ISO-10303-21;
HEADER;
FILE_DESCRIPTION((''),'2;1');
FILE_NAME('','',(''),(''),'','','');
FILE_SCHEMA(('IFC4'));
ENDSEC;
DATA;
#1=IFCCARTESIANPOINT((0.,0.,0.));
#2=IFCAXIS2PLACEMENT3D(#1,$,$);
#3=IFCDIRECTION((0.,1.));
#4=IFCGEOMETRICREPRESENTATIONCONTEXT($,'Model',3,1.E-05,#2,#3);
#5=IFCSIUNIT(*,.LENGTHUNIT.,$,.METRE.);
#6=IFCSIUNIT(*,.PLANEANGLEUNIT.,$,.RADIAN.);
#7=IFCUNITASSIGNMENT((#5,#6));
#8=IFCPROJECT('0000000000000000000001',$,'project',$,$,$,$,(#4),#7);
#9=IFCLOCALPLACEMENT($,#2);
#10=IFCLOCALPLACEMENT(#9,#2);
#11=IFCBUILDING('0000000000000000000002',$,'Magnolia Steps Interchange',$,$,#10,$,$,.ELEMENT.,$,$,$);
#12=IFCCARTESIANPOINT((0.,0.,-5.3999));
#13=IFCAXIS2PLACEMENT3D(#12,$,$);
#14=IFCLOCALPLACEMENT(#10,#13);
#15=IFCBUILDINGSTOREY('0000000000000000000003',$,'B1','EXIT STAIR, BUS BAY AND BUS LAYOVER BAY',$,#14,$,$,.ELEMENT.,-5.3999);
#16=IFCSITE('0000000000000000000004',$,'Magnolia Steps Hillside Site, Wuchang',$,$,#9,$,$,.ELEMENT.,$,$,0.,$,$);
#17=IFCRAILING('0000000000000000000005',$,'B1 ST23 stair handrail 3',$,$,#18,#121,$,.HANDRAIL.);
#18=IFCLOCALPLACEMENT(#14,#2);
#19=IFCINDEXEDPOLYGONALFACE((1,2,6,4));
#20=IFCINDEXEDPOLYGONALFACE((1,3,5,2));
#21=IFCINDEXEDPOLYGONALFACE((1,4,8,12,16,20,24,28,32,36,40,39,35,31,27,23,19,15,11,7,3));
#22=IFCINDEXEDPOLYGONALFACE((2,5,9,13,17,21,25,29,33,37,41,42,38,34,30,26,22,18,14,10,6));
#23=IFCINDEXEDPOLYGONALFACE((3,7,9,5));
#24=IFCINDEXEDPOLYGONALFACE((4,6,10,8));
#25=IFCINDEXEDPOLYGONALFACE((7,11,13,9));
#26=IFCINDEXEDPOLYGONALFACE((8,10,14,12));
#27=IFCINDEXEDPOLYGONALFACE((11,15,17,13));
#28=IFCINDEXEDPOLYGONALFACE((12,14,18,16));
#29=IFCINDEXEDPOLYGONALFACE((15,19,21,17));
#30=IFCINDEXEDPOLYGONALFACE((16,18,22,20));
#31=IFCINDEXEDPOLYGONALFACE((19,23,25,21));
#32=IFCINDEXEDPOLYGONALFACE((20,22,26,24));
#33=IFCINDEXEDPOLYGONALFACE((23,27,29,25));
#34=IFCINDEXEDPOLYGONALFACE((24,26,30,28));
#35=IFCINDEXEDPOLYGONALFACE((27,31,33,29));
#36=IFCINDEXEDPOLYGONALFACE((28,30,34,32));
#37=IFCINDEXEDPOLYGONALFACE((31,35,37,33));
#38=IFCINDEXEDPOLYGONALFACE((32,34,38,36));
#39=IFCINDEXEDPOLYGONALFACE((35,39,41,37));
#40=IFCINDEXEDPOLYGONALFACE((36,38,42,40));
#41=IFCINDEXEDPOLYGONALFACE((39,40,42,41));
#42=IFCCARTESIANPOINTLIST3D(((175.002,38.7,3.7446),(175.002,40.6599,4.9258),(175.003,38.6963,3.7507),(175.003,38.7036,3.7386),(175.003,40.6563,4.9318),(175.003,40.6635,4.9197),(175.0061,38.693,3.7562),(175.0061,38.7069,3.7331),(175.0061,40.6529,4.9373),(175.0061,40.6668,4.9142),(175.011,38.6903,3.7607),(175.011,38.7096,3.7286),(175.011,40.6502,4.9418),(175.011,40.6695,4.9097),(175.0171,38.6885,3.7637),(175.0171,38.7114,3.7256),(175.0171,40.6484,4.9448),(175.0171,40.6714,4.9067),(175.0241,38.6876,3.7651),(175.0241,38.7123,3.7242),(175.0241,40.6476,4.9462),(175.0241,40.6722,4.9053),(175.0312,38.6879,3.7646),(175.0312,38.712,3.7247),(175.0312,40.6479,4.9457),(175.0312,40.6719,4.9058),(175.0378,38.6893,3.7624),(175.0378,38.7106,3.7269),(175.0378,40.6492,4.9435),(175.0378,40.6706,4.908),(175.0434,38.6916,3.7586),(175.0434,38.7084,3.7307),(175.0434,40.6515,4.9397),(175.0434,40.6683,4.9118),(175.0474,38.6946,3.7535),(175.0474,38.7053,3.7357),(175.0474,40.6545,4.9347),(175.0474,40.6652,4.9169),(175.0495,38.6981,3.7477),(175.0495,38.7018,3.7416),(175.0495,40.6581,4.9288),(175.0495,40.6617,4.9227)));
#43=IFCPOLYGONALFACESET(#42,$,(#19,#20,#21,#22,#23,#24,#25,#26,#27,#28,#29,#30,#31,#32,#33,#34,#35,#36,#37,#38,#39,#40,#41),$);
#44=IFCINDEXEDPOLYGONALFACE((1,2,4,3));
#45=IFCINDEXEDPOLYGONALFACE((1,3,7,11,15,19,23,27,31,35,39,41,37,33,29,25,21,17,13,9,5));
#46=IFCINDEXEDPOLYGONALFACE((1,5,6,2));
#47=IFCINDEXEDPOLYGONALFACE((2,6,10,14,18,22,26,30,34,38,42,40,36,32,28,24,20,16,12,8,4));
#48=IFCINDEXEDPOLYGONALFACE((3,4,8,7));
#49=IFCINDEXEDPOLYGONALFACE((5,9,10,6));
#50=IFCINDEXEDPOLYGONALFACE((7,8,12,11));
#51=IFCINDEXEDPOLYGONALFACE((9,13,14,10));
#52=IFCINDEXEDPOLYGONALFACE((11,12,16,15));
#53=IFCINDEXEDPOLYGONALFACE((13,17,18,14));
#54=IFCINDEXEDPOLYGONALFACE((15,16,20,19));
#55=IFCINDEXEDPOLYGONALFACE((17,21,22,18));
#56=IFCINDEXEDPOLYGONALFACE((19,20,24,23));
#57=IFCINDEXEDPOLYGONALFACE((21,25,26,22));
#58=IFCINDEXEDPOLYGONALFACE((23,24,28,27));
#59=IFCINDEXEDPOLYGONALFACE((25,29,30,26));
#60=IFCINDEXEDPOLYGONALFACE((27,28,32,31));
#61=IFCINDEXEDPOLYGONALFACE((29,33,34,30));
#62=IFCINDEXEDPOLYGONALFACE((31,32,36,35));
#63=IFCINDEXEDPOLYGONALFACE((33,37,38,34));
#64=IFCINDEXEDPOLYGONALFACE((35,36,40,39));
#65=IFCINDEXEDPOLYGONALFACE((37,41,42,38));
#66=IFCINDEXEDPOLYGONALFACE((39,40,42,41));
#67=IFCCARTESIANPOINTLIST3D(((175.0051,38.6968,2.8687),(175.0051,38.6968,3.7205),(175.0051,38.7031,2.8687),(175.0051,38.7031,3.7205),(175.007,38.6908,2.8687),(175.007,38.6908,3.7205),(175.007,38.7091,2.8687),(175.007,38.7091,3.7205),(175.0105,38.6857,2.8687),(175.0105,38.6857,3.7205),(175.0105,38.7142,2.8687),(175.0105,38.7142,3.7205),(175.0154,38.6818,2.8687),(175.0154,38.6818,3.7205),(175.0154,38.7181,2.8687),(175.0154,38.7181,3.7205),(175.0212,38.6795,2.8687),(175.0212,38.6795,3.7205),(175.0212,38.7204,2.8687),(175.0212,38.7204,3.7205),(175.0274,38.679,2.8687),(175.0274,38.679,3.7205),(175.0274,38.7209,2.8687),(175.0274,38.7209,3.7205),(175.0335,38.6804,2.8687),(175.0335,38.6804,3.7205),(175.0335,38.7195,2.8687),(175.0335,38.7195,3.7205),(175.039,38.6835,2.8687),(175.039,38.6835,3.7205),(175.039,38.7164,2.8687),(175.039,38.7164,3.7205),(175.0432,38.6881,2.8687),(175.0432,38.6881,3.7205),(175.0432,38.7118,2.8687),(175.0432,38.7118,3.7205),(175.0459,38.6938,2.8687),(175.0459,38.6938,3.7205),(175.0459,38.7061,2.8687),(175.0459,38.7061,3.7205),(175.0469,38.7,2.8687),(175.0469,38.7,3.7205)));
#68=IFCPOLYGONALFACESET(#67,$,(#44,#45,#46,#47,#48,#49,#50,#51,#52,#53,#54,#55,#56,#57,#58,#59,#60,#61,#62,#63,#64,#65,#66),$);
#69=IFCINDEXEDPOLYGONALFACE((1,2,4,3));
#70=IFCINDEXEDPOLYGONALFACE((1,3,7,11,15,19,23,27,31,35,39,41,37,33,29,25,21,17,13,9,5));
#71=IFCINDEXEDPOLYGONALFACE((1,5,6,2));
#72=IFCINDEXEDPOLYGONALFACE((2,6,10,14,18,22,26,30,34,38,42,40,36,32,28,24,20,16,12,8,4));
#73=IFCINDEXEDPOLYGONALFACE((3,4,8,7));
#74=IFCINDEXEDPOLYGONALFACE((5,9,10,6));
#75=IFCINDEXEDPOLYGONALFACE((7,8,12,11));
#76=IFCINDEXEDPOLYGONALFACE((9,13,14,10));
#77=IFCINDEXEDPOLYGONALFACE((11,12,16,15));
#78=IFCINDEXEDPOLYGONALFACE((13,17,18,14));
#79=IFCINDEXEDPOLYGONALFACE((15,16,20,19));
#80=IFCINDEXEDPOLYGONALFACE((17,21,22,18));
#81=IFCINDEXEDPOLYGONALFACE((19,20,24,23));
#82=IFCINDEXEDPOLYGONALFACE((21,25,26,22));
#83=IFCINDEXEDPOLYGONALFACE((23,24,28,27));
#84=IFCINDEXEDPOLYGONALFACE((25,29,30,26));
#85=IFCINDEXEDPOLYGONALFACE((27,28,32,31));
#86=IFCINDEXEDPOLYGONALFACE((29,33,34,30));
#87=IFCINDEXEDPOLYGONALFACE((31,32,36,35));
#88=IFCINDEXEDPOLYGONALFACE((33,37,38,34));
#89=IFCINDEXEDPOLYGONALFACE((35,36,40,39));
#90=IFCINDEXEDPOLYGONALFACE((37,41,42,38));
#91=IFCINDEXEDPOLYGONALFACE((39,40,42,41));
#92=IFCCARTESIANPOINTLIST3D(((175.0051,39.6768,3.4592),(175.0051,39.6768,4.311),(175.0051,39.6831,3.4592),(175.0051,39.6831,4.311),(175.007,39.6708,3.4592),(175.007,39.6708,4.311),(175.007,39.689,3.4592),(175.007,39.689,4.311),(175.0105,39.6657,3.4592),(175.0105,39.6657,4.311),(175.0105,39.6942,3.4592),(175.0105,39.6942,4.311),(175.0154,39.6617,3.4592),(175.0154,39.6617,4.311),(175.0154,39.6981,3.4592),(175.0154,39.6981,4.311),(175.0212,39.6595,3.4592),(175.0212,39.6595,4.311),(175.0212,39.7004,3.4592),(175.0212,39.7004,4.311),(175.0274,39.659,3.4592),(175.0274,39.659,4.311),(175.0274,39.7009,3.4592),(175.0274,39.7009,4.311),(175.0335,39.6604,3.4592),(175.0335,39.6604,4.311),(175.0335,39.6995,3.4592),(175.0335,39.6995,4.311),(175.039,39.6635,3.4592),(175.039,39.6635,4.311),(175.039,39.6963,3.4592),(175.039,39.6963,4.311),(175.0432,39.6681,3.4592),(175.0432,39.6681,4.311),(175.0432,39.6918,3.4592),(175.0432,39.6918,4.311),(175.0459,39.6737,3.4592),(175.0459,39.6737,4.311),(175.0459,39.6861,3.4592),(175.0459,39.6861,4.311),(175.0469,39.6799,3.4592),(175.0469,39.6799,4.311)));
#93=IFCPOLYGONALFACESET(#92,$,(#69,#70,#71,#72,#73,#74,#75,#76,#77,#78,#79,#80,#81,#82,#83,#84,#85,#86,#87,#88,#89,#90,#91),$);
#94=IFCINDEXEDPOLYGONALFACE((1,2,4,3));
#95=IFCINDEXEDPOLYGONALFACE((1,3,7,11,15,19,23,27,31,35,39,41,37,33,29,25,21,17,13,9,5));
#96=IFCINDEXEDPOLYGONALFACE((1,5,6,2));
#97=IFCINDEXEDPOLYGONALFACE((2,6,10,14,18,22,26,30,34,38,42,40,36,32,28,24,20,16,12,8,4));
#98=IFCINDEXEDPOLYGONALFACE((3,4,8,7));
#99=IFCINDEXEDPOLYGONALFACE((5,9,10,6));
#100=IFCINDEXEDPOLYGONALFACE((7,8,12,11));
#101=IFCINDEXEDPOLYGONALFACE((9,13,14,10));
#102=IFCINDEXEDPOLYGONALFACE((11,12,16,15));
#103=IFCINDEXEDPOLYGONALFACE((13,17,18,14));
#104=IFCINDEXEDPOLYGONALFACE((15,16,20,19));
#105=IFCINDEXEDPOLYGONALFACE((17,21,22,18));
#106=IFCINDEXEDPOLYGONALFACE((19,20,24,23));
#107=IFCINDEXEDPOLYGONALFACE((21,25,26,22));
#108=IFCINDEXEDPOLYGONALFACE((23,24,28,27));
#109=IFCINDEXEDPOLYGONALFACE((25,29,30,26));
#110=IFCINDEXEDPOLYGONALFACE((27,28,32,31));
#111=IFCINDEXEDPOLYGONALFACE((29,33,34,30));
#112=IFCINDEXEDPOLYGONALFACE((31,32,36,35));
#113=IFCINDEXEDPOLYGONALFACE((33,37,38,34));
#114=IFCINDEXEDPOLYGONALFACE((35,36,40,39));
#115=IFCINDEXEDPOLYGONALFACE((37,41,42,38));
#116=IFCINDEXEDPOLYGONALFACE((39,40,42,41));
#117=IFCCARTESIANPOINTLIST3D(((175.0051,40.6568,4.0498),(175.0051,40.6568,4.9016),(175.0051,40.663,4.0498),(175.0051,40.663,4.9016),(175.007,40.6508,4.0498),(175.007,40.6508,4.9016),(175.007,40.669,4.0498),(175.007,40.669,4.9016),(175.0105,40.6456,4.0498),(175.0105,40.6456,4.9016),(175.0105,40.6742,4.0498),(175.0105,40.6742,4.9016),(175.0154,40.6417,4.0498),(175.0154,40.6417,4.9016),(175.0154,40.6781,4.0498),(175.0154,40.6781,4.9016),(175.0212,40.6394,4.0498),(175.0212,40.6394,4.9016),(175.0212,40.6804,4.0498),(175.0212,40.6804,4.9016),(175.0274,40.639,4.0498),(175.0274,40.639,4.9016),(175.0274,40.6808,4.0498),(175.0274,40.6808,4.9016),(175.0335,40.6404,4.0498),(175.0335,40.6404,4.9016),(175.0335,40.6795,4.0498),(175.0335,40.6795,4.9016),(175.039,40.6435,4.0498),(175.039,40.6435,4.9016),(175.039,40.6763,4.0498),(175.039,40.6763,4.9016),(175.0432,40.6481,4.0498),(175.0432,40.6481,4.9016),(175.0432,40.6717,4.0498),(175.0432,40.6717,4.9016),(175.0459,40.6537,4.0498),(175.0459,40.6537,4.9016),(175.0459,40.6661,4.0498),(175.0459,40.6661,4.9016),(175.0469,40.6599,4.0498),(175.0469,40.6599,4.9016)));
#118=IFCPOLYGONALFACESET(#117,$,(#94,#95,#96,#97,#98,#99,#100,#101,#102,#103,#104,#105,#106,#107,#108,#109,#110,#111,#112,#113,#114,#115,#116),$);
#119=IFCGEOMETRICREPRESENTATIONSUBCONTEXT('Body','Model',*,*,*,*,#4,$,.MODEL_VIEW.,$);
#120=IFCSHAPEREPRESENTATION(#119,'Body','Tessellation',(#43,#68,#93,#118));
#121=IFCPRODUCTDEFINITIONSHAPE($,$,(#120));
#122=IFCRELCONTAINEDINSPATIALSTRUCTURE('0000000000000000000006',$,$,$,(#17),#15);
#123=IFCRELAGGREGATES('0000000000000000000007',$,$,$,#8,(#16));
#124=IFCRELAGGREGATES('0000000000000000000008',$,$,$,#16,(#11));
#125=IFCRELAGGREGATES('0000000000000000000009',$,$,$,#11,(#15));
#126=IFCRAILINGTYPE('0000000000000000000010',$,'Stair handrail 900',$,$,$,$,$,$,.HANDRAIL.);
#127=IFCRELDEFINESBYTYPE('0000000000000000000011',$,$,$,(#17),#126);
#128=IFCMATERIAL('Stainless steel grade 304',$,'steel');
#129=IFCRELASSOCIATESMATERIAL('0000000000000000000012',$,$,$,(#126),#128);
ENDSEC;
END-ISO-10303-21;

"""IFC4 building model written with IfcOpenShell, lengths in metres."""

from ifc_helpers import new_model, si_unit, direction, frame, origin, origin_2d, place, context, subcontext, project, spatial, circle, extrude, material, type_object, element, save


model = new_model("IFC4")

# Units and contexts
model_context = context("Model", 3, precision=1e-05, world=origin(), true_north=direction((0.0, 1.0)))
body_context = subcontext(model_context, "Body", "Model", "MODEL_VIEW")
ifc_project = project(units=[si_unit("LENGTHUNIT", "METRE"), si_unit("PLANEANGLEUNIT", "RADIAN")], contexts=[model_context])

# Site, building, storey
site_placement = place(None, origin())
site = spatial("IfcSite", under=ifc_project, at=site_placement, Name="Magnolia Steps Hillside Site, Wuchang", CompositionType="ELEMENT", RefElevation=0.0)
building_placement = place(site_placement, origin())
building = spatial("IfcBuilding", under=site, at=building_placement, Name="Magnolia Steps Interchange", CompositionType="ELEMENT")
storey_placement = place(building_placement, frame((0.0, 0.0, -5.3999)))
storey = spatial("IfcBuildingStorey", under=building, at=storey_placement, Name="B1", Description="EXIT STAIR, BUS BAY AND BUS LAYOVER BAY", CompositionType="ELEMENT", Elevation=-5.3999)

# Railing
ifc_material_1 = material(Name="Stainless steel grade 304", Category="steel")
railing_type_1 = type_object("IfcRailingType", Name="Stair handrail 900", PredefinedType="HANDRAIL", material=ifc_material_1)
railing_1_placement = place(storey_placement, frame((175.0259, 38.7, 2.8687)))
element("IfcRailing", 1, at=railing_1_placement, inside=storey, type_object=railing_type_1, Name="B1 ST23 stair handrail 3", PredefinedType="HANDRAIL", context=body_context, shape_type="SweptSolid", body=[
    extrude(circle(Radius=0.0239, at=origin_2d()), frame((0.0, 0.0, 0.876), z_axis=(0.0, 0.856493, 0.516158), x_axis=(-1.0, 0.0, 0.0)), (0.0, 0.0, 1.0), 2.2883),
    extrude(circle(Radius=0.021, at=origin_2d()), origin(), (0.0, 0.0, 1.0), 0.8518),
    extrude(circle(Radius=0.021, at=origin_2d()), frame((0.0, 0.98, 0.5906)), (0.0, 0.0, 1.0), 0.8518),
    extrude(circle(Radius=0.021, at=origin_2d()), frame((0.0, 1.96, 1.1812)), (0.0, 0.0, 1.0), 0.8518),
])

save(model, "model.ifc")
